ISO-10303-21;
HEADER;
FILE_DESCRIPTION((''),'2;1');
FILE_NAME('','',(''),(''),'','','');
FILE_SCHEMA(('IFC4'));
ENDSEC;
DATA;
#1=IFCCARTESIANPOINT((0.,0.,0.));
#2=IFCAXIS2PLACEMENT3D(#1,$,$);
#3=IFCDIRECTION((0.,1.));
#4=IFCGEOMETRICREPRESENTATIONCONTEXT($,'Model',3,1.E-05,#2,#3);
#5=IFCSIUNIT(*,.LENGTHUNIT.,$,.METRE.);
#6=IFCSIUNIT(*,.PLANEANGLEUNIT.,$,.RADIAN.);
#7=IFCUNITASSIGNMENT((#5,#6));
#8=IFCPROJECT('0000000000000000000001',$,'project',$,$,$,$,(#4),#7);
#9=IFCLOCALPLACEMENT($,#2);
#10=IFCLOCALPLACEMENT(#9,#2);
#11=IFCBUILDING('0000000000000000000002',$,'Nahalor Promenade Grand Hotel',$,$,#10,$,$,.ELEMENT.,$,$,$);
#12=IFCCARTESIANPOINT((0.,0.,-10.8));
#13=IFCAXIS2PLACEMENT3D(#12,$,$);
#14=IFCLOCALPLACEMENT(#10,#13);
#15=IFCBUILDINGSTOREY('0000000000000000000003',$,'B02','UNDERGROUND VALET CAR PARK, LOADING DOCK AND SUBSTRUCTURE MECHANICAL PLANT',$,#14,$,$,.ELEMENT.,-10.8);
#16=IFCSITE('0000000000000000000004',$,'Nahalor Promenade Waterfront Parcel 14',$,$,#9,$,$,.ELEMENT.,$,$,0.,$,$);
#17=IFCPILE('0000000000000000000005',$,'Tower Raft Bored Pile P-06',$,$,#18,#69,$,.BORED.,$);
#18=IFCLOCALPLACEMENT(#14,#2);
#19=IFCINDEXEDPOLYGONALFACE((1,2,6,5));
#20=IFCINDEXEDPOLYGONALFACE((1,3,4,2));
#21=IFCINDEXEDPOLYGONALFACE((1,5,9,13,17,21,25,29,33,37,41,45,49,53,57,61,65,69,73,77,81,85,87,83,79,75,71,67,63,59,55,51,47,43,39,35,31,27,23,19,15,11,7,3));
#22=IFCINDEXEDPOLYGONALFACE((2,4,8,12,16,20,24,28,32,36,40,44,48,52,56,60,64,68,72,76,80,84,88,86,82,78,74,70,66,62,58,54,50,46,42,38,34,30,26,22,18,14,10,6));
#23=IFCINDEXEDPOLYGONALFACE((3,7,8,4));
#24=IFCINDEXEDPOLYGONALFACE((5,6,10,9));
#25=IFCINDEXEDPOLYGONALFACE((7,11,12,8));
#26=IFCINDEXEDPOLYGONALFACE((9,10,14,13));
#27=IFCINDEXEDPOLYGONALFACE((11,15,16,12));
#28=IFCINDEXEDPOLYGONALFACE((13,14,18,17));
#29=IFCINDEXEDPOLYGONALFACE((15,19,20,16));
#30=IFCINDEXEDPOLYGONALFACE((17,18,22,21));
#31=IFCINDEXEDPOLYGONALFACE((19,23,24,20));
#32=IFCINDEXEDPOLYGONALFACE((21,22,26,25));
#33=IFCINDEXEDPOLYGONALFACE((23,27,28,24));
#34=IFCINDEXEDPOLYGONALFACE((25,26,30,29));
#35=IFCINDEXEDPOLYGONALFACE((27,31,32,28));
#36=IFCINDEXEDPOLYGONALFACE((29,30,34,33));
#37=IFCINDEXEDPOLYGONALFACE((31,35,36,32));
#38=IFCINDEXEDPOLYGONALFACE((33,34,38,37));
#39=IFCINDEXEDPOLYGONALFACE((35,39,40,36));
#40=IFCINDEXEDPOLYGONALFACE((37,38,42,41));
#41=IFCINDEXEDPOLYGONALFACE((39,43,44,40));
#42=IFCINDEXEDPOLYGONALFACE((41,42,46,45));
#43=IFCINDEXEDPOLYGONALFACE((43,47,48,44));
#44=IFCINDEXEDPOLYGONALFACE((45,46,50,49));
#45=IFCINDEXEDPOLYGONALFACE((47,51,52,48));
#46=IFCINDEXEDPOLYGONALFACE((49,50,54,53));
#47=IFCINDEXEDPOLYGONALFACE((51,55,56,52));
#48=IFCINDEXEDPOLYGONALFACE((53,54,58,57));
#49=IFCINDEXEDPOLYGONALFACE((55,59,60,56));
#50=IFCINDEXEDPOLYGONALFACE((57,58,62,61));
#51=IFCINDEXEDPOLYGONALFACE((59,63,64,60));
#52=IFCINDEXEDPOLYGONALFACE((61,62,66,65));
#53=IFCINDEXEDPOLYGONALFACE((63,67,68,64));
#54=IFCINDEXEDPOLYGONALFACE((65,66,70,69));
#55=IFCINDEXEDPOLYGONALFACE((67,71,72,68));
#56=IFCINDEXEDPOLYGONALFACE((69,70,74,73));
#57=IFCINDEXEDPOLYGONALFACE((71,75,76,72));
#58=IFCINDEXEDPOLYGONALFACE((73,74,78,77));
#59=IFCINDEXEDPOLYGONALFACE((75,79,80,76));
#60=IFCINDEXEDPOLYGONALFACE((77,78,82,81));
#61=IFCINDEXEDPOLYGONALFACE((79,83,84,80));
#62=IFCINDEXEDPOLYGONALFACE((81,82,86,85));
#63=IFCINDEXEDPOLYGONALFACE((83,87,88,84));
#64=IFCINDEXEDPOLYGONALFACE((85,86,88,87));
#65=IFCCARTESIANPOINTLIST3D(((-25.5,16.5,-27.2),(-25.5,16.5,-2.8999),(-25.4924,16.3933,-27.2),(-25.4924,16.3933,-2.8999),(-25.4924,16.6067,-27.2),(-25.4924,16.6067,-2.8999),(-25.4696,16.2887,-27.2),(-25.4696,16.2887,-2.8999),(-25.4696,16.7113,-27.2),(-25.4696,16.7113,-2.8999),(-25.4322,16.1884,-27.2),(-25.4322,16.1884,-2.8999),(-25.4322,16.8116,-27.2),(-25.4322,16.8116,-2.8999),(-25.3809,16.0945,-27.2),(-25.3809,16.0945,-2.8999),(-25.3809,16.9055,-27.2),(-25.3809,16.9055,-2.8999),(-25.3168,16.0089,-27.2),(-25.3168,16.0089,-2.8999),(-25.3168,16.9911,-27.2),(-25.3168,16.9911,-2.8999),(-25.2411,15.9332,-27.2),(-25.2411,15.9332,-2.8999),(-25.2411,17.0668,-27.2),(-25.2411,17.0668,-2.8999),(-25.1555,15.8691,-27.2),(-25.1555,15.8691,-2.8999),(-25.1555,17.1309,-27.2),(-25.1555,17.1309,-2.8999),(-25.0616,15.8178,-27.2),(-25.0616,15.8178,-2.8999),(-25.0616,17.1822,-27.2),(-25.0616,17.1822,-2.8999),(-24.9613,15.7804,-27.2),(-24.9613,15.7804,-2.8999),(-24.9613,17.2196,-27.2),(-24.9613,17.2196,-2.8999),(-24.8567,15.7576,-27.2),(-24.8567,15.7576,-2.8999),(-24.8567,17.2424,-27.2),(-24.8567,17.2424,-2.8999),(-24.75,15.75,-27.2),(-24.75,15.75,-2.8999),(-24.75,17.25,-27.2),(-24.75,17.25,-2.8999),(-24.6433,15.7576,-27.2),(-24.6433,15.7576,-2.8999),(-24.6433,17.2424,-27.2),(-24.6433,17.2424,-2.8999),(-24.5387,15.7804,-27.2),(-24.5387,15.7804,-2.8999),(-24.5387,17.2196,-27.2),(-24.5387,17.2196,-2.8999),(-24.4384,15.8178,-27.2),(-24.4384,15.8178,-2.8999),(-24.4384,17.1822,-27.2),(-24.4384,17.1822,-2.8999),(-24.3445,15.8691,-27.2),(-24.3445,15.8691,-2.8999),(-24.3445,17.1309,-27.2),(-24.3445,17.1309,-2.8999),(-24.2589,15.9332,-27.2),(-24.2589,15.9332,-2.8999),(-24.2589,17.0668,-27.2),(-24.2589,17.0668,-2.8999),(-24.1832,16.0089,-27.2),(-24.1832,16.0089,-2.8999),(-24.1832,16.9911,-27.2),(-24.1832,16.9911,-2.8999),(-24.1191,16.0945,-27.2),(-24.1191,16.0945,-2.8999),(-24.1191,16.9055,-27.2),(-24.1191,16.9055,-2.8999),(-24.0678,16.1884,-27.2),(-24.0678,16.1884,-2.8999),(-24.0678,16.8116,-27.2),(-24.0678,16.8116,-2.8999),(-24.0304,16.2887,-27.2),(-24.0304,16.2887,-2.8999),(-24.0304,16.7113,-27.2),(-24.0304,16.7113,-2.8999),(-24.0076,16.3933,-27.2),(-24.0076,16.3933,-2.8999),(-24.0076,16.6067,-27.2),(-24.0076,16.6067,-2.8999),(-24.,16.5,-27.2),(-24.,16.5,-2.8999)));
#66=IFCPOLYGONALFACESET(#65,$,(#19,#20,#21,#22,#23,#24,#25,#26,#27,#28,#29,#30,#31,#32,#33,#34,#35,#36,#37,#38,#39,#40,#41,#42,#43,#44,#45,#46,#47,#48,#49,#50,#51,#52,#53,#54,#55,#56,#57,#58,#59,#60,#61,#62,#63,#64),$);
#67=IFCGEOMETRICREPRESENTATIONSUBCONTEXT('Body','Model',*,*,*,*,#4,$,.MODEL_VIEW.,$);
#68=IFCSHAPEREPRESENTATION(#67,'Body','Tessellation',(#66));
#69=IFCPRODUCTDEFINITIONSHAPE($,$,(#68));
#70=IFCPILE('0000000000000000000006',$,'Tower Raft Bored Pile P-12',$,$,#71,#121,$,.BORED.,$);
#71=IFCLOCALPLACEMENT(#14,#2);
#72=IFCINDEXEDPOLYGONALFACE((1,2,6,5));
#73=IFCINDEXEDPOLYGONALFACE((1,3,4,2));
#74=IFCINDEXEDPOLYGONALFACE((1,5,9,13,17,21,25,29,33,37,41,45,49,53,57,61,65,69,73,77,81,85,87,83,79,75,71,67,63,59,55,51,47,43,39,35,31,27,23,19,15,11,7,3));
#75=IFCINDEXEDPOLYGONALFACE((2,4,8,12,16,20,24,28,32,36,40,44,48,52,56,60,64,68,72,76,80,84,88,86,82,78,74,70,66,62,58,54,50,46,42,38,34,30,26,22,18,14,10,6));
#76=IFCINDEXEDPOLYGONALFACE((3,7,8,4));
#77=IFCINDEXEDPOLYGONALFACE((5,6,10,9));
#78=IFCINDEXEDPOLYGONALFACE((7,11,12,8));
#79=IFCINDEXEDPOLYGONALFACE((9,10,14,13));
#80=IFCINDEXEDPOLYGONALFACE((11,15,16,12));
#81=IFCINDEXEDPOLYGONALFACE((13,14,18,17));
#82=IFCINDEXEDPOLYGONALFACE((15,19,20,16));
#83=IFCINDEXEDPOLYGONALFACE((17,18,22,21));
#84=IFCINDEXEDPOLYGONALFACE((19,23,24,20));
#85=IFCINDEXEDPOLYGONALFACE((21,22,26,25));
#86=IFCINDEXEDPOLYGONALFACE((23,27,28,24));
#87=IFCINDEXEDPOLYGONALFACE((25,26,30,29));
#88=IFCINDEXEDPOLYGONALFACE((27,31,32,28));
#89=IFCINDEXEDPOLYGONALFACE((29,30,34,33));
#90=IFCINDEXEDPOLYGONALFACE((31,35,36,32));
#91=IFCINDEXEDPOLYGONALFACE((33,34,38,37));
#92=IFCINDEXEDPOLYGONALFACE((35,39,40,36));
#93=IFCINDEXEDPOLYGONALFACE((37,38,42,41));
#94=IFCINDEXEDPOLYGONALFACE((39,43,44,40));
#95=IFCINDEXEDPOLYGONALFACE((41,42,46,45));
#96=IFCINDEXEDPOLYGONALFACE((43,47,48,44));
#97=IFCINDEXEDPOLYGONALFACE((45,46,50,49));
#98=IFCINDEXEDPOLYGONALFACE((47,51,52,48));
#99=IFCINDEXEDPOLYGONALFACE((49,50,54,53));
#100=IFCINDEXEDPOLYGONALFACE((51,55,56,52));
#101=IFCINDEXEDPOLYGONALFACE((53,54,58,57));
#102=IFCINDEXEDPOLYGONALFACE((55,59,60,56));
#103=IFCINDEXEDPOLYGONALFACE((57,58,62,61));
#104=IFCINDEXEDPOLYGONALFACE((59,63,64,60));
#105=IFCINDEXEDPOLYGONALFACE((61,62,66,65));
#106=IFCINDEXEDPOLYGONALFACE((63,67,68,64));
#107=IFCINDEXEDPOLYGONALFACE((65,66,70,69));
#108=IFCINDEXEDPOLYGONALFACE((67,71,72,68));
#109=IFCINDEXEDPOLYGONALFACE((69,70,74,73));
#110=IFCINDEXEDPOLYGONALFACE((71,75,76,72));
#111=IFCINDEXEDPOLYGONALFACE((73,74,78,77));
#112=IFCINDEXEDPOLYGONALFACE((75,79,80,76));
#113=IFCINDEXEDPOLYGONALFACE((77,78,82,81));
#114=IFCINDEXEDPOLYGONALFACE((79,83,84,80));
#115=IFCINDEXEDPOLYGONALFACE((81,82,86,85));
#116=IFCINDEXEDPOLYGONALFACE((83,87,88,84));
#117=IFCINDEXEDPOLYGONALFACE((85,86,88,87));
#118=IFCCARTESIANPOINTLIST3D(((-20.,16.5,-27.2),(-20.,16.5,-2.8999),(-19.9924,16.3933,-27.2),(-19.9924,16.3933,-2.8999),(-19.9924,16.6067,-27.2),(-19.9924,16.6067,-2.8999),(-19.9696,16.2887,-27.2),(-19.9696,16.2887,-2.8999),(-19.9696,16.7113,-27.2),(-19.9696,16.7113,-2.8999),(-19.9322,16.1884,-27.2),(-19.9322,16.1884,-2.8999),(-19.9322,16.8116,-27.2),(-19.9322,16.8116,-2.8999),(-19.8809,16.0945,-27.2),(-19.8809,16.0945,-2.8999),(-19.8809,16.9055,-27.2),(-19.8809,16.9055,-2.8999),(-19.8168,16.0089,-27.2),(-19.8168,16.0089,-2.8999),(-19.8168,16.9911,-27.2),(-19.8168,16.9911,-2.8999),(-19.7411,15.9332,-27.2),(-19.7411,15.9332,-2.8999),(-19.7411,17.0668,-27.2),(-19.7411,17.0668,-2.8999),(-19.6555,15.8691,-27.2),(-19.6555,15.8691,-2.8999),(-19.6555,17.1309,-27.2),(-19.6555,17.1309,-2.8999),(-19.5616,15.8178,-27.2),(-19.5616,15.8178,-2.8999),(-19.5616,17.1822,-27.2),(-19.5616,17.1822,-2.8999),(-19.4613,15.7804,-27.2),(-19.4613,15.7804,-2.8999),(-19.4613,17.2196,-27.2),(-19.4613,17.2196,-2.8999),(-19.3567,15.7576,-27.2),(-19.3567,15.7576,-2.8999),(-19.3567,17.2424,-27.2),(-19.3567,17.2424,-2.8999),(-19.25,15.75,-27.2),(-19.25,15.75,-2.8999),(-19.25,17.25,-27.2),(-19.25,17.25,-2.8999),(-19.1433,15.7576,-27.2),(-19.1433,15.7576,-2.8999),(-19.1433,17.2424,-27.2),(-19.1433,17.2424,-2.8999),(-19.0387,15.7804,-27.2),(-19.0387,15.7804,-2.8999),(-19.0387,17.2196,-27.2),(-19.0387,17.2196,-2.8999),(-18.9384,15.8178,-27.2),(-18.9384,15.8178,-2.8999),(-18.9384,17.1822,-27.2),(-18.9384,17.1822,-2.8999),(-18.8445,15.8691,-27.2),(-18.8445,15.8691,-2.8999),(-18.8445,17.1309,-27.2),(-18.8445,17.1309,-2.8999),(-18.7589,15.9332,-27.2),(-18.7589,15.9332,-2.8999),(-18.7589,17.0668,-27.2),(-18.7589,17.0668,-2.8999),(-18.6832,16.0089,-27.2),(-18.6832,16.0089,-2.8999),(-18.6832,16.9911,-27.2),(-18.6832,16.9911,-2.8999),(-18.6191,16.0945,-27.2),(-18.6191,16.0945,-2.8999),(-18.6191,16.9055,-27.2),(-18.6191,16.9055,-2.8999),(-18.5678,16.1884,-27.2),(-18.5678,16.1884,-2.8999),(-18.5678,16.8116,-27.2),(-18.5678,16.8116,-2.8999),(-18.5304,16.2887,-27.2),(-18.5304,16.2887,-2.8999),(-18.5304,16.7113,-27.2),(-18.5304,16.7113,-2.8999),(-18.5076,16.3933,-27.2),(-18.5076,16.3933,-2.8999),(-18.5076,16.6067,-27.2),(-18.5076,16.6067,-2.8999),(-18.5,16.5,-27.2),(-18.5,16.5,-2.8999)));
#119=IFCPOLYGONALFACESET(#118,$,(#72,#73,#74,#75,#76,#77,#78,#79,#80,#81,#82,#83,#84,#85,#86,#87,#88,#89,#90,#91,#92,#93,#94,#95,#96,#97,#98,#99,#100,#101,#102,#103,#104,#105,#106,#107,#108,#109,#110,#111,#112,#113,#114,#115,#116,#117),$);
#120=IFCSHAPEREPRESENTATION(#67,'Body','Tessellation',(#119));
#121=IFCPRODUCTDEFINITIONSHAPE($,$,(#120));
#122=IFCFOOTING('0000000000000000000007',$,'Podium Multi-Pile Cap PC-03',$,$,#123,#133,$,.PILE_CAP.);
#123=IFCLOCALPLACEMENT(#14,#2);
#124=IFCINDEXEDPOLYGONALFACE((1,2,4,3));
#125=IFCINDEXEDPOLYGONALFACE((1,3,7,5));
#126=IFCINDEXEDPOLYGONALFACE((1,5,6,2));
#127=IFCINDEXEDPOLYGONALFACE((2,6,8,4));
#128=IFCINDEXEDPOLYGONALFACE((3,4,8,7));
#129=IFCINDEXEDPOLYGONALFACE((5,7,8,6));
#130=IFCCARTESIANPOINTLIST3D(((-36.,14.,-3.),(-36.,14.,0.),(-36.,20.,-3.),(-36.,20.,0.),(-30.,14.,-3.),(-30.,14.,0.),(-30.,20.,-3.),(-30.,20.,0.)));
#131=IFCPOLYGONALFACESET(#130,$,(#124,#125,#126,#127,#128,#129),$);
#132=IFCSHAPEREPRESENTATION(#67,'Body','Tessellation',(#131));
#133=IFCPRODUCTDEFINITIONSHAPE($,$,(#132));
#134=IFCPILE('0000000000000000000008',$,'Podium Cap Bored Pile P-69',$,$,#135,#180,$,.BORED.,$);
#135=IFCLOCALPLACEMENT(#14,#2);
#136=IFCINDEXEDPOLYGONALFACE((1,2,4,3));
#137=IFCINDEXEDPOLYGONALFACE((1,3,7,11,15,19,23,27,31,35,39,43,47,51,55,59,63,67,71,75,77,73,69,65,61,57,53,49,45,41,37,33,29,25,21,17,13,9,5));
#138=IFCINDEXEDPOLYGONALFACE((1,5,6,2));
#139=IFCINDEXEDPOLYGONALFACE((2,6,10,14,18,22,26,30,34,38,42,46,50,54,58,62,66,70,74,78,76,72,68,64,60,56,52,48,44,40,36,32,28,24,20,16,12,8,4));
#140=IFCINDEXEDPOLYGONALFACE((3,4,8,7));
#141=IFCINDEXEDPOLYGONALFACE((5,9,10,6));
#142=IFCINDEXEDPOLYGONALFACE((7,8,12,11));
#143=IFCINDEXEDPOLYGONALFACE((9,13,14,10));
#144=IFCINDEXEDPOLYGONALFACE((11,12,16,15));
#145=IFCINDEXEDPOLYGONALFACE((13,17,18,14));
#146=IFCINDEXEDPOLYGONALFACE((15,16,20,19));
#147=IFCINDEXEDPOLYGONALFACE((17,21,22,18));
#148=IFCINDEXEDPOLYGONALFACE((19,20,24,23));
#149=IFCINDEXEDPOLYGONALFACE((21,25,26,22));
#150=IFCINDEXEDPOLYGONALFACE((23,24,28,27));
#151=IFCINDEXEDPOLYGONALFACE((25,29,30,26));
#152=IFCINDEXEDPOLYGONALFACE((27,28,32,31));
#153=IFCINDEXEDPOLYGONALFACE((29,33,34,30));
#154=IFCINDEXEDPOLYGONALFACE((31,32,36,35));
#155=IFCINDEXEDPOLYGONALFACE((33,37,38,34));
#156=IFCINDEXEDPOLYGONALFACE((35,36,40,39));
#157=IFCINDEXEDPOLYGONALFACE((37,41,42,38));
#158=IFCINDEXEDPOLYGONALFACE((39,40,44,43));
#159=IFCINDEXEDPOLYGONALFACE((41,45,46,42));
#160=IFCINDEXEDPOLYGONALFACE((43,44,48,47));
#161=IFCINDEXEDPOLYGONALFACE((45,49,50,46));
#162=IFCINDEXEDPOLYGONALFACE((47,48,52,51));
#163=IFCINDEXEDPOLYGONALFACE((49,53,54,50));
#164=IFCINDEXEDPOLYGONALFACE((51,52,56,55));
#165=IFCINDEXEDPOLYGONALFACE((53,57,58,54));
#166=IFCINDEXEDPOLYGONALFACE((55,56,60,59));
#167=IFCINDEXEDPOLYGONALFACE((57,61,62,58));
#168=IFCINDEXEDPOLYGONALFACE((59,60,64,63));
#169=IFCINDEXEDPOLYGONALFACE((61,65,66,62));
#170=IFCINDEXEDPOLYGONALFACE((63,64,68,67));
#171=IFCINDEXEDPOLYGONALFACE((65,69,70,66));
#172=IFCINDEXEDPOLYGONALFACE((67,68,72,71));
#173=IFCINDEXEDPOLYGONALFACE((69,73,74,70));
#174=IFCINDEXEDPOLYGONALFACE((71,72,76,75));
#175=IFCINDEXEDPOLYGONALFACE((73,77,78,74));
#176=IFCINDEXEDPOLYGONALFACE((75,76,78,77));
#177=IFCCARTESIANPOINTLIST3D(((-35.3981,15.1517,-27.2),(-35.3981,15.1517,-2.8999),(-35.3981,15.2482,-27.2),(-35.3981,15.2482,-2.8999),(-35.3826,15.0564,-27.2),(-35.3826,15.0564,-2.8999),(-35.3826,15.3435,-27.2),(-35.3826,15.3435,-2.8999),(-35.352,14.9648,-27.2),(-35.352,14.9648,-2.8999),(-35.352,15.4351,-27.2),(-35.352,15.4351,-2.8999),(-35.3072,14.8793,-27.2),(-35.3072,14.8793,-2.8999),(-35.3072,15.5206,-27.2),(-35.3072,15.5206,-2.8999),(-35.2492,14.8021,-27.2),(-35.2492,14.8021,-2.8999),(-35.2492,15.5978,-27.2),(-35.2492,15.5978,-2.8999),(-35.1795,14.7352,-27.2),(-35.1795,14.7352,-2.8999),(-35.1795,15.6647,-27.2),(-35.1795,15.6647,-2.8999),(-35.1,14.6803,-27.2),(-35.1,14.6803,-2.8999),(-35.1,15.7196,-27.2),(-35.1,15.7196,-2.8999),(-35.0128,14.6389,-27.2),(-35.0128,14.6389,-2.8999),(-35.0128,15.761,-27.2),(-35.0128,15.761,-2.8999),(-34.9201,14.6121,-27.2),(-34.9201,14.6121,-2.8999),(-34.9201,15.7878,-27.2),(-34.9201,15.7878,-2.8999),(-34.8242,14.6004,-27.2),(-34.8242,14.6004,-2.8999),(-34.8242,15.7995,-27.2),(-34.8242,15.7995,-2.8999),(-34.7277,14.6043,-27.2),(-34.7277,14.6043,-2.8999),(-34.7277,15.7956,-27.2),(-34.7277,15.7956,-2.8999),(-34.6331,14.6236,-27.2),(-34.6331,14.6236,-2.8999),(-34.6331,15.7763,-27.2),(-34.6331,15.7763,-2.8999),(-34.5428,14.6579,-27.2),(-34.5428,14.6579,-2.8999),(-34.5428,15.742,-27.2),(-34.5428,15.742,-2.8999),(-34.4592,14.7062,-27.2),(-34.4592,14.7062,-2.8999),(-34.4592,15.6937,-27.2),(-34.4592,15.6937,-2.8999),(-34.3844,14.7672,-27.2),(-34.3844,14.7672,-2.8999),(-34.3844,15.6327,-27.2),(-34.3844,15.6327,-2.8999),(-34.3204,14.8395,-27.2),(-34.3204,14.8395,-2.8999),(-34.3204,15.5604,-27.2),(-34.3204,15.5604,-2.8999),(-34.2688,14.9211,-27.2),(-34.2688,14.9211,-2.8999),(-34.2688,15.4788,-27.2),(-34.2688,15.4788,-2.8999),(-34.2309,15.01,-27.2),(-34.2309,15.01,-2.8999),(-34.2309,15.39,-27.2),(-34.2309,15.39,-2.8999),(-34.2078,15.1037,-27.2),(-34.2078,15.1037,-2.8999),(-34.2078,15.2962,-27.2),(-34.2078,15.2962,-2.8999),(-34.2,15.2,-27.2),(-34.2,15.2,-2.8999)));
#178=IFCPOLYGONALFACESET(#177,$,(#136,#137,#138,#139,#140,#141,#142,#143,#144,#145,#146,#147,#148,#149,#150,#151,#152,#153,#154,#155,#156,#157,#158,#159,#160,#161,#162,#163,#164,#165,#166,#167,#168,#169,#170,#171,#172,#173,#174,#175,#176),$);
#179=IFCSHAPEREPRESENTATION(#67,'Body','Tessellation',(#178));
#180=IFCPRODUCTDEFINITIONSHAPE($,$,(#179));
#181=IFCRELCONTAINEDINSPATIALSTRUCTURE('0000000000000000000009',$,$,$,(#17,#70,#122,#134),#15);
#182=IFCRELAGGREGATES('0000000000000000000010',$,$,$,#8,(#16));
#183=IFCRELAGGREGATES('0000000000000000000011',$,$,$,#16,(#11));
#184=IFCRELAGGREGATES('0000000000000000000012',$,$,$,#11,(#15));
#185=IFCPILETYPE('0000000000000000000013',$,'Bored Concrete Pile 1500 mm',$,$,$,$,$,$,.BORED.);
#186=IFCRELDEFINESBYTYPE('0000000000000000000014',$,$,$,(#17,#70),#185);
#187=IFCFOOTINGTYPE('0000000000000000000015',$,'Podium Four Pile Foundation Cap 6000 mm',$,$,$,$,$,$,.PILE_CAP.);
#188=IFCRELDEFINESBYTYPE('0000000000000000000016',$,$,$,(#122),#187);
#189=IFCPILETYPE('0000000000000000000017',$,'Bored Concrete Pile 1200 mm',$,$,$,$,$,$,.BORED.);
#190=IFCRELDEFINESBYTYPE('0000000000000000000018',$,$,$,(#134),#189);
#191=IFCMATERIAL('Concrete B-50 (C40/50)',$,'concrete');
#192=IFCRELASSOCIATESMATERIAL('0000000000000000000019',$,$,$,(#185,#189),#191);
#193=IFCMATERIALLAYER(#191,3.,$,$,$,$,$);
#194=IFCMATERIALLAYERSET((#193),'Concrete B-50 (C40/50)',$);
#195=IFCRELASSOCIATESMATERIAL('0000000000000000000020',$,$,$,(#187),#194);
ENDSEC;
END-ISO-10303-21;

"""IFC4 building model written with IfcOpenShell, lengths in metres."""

from ifc_helpers import new_model, si_unit, direction, frame, origin, origin_2d, place, context, subcontext, project, spatial, rectangle, circle, extrude, source, transform, mapped, material, layer, layer_set, material_profile, profile_set, type_object, element, save


model = new_model("IFC4")

# Units and contexts
model_context = context("Model", 3, precision=1e-05, world=origin(), true_north=direction((0.0, 1.0)))
body_context = subcontext(model_context, "Body", "Model", "MODEL_VIEW")
ifc_project = project(units=[si_unit("LENGTHUNIT", "METRE"), si_unit("PLANEANGLEUNIT", "RADIAN")], contexts=[model_context])

# Site, building, storey
site_placement = place(None, origin())
site = spatial("IfcSite", under=ifc_project, at=site_placement, Name="Nahalor Promenade Waterfront Parcel 14", CompositionType="ELEMENT", RefElevation=0.0)
building_placement = place(site_placement, origin())
building = spatial("IfcBuilding", under=site, at=building_placement, Name="Nahalor Promenade Grand Hotel", CompositionType="ELEMENT")
storey_placement = place(building_placement, frame((0.0, 0.0, -10.8)))
storey = spatial("IfcBuildingStorey", under=building, at=storey_placement, Name="B02", Description="UNDERGROUND VALET CAR PARK, LOADING DOCK AND SUBSTRUCTURE MECHANICAL PLANT", CompositionType="ELEMENT", Elevation=-10.8)

# Piles
ifc_material_1 = material(Name="Concrete B-50 (C40/50)", Category="concrete")
ifc_material_profile_1 = material_profile(ifc_material_1, circle(Radius=0.75, at=origin_2d()), Name="PILE D1500")
ifc_profile_set_1 = profile_set([ifc_material_profile_1], Name="Concrete B-50 (C40/50)")
pile_type_1 = type_object("IfcPileType", Name="Bored Concrete Pile 1500 mm", PredefinedType="BORED", material=ifc_profile_set_1)
shared_shape_1 = source(origin(), body_context, "Body", "SweptSolid", [
    extrude(circle(Radius=0.75, at=origin_2d()), origin(), (0.0, 0.0, 1.0), 24.3),
])
for number, where, z_axis, x_axis, name in (
    (1, (-24.75, 16.5, -2.8999), (0.0, 0.0, -1.0), (1.0, 0.0, 0.0), "Tower Raft Bored Pile P-06"),
    (2, (-19.25, 16.5, -2.8999), (0.0, 0.0, -1.0), (1.0, 0.0, 0.0), "Tower Raft Bored Pile P-12"),
):
    element("IfcPile", number, at=place(storey_placement, frame(where, z_axis=z_axis, x_axis=x_axis)), inside=storey, type_object=pile_type_1, Name=name, PredefinedType="BORED", context=body_context, shape_type="MappedRepresentation", body=[
        mapped(shared_shape_1, transform((0.0, 0.0, 0.0), scale=1.0)),
    ])

# Footing
ifc_layer_1 = layer(ifc_material_1, 3.0)
ifc_layer_set_1 = layer_set([ifc_layer_1], Name="Concrete B-50 (C40/50)")
footing_type_1 = type_object("IfcFootingType", Name="Podium Four Pile Foundation Cap 6000 mm", PredefinedType="PILE_CAP", material=ifc_layer_set_1)
shared_shape_2 = source(origin(), body_context, "Body", "SweptSolid", [
    extrude(rectangle(XDim=6.0, YDim=6.0, at=origin_2d()), origin(), (0.0, 0.0, 1.0), 3.0),
])
footing_1_placement = place(storey_placement, frame((-33.0, 17.0, -3.0), z_axis=(0.0, 0.0, 1.0), x_axis=(1.0, 0.0, 0.0)))
element("IfcFooting", 3, at=footing_1_placement, inside=storey, type_object=footing_type_1, Name="Podium Multi-Pile Cap PC-03", PredefinedType="PILE_CAP", context=body_context, shape_type="MappedRepresentation", body=[
    mapped(shared_shape_2, transform((0.0, 0.0, 0.0), scale=1.0)),
])

# Pile
ifc_material_profile_2 = material_profile(ifc_material_1, circle(Radius=0.6, at=origin_2d()), Name="PILE D1200")
ifc_profile_set_2 = profile_set([ifc_material_profile_2], Name="Concrete B-50 (C40/50)")
pile_type_2 = type_object("IfcPileType", Name="Bored Concrete Pile 1200 mm", PredefinedType="BORED", material=ifc_profile_set_2)
shared_shape_3 = source(origin(), body_context, "Body", "SweptSolid", [
    extrude(circle(Radius=0.6, at=origin_2d()), origin(), (0.0, 0.0, 1.0), 24.3),
])
for number, where, z_axis, x_axis, name in (
    (4, (-34.8, 15.2, -2.8999), (0.0, 0.0, -1.0), (1.0, 0.0, 0.0), "Podium Cap Bored Pile P-69"),
):
    element("IfcPile", number, at=place(storey_placement, frame(where, z_axis=z_axis, x_axis=x_axis)), inside=storey, type_object=pile_type_2, Name=name, PredefinedType="BORED", context=body_context, shape_type="MappedRepresentation", body=[
        mapped(shared_shape_3, transform((0.0, 0.0, 0.0), scale=1.0)),
    ])

save(model, "model.ifc")
